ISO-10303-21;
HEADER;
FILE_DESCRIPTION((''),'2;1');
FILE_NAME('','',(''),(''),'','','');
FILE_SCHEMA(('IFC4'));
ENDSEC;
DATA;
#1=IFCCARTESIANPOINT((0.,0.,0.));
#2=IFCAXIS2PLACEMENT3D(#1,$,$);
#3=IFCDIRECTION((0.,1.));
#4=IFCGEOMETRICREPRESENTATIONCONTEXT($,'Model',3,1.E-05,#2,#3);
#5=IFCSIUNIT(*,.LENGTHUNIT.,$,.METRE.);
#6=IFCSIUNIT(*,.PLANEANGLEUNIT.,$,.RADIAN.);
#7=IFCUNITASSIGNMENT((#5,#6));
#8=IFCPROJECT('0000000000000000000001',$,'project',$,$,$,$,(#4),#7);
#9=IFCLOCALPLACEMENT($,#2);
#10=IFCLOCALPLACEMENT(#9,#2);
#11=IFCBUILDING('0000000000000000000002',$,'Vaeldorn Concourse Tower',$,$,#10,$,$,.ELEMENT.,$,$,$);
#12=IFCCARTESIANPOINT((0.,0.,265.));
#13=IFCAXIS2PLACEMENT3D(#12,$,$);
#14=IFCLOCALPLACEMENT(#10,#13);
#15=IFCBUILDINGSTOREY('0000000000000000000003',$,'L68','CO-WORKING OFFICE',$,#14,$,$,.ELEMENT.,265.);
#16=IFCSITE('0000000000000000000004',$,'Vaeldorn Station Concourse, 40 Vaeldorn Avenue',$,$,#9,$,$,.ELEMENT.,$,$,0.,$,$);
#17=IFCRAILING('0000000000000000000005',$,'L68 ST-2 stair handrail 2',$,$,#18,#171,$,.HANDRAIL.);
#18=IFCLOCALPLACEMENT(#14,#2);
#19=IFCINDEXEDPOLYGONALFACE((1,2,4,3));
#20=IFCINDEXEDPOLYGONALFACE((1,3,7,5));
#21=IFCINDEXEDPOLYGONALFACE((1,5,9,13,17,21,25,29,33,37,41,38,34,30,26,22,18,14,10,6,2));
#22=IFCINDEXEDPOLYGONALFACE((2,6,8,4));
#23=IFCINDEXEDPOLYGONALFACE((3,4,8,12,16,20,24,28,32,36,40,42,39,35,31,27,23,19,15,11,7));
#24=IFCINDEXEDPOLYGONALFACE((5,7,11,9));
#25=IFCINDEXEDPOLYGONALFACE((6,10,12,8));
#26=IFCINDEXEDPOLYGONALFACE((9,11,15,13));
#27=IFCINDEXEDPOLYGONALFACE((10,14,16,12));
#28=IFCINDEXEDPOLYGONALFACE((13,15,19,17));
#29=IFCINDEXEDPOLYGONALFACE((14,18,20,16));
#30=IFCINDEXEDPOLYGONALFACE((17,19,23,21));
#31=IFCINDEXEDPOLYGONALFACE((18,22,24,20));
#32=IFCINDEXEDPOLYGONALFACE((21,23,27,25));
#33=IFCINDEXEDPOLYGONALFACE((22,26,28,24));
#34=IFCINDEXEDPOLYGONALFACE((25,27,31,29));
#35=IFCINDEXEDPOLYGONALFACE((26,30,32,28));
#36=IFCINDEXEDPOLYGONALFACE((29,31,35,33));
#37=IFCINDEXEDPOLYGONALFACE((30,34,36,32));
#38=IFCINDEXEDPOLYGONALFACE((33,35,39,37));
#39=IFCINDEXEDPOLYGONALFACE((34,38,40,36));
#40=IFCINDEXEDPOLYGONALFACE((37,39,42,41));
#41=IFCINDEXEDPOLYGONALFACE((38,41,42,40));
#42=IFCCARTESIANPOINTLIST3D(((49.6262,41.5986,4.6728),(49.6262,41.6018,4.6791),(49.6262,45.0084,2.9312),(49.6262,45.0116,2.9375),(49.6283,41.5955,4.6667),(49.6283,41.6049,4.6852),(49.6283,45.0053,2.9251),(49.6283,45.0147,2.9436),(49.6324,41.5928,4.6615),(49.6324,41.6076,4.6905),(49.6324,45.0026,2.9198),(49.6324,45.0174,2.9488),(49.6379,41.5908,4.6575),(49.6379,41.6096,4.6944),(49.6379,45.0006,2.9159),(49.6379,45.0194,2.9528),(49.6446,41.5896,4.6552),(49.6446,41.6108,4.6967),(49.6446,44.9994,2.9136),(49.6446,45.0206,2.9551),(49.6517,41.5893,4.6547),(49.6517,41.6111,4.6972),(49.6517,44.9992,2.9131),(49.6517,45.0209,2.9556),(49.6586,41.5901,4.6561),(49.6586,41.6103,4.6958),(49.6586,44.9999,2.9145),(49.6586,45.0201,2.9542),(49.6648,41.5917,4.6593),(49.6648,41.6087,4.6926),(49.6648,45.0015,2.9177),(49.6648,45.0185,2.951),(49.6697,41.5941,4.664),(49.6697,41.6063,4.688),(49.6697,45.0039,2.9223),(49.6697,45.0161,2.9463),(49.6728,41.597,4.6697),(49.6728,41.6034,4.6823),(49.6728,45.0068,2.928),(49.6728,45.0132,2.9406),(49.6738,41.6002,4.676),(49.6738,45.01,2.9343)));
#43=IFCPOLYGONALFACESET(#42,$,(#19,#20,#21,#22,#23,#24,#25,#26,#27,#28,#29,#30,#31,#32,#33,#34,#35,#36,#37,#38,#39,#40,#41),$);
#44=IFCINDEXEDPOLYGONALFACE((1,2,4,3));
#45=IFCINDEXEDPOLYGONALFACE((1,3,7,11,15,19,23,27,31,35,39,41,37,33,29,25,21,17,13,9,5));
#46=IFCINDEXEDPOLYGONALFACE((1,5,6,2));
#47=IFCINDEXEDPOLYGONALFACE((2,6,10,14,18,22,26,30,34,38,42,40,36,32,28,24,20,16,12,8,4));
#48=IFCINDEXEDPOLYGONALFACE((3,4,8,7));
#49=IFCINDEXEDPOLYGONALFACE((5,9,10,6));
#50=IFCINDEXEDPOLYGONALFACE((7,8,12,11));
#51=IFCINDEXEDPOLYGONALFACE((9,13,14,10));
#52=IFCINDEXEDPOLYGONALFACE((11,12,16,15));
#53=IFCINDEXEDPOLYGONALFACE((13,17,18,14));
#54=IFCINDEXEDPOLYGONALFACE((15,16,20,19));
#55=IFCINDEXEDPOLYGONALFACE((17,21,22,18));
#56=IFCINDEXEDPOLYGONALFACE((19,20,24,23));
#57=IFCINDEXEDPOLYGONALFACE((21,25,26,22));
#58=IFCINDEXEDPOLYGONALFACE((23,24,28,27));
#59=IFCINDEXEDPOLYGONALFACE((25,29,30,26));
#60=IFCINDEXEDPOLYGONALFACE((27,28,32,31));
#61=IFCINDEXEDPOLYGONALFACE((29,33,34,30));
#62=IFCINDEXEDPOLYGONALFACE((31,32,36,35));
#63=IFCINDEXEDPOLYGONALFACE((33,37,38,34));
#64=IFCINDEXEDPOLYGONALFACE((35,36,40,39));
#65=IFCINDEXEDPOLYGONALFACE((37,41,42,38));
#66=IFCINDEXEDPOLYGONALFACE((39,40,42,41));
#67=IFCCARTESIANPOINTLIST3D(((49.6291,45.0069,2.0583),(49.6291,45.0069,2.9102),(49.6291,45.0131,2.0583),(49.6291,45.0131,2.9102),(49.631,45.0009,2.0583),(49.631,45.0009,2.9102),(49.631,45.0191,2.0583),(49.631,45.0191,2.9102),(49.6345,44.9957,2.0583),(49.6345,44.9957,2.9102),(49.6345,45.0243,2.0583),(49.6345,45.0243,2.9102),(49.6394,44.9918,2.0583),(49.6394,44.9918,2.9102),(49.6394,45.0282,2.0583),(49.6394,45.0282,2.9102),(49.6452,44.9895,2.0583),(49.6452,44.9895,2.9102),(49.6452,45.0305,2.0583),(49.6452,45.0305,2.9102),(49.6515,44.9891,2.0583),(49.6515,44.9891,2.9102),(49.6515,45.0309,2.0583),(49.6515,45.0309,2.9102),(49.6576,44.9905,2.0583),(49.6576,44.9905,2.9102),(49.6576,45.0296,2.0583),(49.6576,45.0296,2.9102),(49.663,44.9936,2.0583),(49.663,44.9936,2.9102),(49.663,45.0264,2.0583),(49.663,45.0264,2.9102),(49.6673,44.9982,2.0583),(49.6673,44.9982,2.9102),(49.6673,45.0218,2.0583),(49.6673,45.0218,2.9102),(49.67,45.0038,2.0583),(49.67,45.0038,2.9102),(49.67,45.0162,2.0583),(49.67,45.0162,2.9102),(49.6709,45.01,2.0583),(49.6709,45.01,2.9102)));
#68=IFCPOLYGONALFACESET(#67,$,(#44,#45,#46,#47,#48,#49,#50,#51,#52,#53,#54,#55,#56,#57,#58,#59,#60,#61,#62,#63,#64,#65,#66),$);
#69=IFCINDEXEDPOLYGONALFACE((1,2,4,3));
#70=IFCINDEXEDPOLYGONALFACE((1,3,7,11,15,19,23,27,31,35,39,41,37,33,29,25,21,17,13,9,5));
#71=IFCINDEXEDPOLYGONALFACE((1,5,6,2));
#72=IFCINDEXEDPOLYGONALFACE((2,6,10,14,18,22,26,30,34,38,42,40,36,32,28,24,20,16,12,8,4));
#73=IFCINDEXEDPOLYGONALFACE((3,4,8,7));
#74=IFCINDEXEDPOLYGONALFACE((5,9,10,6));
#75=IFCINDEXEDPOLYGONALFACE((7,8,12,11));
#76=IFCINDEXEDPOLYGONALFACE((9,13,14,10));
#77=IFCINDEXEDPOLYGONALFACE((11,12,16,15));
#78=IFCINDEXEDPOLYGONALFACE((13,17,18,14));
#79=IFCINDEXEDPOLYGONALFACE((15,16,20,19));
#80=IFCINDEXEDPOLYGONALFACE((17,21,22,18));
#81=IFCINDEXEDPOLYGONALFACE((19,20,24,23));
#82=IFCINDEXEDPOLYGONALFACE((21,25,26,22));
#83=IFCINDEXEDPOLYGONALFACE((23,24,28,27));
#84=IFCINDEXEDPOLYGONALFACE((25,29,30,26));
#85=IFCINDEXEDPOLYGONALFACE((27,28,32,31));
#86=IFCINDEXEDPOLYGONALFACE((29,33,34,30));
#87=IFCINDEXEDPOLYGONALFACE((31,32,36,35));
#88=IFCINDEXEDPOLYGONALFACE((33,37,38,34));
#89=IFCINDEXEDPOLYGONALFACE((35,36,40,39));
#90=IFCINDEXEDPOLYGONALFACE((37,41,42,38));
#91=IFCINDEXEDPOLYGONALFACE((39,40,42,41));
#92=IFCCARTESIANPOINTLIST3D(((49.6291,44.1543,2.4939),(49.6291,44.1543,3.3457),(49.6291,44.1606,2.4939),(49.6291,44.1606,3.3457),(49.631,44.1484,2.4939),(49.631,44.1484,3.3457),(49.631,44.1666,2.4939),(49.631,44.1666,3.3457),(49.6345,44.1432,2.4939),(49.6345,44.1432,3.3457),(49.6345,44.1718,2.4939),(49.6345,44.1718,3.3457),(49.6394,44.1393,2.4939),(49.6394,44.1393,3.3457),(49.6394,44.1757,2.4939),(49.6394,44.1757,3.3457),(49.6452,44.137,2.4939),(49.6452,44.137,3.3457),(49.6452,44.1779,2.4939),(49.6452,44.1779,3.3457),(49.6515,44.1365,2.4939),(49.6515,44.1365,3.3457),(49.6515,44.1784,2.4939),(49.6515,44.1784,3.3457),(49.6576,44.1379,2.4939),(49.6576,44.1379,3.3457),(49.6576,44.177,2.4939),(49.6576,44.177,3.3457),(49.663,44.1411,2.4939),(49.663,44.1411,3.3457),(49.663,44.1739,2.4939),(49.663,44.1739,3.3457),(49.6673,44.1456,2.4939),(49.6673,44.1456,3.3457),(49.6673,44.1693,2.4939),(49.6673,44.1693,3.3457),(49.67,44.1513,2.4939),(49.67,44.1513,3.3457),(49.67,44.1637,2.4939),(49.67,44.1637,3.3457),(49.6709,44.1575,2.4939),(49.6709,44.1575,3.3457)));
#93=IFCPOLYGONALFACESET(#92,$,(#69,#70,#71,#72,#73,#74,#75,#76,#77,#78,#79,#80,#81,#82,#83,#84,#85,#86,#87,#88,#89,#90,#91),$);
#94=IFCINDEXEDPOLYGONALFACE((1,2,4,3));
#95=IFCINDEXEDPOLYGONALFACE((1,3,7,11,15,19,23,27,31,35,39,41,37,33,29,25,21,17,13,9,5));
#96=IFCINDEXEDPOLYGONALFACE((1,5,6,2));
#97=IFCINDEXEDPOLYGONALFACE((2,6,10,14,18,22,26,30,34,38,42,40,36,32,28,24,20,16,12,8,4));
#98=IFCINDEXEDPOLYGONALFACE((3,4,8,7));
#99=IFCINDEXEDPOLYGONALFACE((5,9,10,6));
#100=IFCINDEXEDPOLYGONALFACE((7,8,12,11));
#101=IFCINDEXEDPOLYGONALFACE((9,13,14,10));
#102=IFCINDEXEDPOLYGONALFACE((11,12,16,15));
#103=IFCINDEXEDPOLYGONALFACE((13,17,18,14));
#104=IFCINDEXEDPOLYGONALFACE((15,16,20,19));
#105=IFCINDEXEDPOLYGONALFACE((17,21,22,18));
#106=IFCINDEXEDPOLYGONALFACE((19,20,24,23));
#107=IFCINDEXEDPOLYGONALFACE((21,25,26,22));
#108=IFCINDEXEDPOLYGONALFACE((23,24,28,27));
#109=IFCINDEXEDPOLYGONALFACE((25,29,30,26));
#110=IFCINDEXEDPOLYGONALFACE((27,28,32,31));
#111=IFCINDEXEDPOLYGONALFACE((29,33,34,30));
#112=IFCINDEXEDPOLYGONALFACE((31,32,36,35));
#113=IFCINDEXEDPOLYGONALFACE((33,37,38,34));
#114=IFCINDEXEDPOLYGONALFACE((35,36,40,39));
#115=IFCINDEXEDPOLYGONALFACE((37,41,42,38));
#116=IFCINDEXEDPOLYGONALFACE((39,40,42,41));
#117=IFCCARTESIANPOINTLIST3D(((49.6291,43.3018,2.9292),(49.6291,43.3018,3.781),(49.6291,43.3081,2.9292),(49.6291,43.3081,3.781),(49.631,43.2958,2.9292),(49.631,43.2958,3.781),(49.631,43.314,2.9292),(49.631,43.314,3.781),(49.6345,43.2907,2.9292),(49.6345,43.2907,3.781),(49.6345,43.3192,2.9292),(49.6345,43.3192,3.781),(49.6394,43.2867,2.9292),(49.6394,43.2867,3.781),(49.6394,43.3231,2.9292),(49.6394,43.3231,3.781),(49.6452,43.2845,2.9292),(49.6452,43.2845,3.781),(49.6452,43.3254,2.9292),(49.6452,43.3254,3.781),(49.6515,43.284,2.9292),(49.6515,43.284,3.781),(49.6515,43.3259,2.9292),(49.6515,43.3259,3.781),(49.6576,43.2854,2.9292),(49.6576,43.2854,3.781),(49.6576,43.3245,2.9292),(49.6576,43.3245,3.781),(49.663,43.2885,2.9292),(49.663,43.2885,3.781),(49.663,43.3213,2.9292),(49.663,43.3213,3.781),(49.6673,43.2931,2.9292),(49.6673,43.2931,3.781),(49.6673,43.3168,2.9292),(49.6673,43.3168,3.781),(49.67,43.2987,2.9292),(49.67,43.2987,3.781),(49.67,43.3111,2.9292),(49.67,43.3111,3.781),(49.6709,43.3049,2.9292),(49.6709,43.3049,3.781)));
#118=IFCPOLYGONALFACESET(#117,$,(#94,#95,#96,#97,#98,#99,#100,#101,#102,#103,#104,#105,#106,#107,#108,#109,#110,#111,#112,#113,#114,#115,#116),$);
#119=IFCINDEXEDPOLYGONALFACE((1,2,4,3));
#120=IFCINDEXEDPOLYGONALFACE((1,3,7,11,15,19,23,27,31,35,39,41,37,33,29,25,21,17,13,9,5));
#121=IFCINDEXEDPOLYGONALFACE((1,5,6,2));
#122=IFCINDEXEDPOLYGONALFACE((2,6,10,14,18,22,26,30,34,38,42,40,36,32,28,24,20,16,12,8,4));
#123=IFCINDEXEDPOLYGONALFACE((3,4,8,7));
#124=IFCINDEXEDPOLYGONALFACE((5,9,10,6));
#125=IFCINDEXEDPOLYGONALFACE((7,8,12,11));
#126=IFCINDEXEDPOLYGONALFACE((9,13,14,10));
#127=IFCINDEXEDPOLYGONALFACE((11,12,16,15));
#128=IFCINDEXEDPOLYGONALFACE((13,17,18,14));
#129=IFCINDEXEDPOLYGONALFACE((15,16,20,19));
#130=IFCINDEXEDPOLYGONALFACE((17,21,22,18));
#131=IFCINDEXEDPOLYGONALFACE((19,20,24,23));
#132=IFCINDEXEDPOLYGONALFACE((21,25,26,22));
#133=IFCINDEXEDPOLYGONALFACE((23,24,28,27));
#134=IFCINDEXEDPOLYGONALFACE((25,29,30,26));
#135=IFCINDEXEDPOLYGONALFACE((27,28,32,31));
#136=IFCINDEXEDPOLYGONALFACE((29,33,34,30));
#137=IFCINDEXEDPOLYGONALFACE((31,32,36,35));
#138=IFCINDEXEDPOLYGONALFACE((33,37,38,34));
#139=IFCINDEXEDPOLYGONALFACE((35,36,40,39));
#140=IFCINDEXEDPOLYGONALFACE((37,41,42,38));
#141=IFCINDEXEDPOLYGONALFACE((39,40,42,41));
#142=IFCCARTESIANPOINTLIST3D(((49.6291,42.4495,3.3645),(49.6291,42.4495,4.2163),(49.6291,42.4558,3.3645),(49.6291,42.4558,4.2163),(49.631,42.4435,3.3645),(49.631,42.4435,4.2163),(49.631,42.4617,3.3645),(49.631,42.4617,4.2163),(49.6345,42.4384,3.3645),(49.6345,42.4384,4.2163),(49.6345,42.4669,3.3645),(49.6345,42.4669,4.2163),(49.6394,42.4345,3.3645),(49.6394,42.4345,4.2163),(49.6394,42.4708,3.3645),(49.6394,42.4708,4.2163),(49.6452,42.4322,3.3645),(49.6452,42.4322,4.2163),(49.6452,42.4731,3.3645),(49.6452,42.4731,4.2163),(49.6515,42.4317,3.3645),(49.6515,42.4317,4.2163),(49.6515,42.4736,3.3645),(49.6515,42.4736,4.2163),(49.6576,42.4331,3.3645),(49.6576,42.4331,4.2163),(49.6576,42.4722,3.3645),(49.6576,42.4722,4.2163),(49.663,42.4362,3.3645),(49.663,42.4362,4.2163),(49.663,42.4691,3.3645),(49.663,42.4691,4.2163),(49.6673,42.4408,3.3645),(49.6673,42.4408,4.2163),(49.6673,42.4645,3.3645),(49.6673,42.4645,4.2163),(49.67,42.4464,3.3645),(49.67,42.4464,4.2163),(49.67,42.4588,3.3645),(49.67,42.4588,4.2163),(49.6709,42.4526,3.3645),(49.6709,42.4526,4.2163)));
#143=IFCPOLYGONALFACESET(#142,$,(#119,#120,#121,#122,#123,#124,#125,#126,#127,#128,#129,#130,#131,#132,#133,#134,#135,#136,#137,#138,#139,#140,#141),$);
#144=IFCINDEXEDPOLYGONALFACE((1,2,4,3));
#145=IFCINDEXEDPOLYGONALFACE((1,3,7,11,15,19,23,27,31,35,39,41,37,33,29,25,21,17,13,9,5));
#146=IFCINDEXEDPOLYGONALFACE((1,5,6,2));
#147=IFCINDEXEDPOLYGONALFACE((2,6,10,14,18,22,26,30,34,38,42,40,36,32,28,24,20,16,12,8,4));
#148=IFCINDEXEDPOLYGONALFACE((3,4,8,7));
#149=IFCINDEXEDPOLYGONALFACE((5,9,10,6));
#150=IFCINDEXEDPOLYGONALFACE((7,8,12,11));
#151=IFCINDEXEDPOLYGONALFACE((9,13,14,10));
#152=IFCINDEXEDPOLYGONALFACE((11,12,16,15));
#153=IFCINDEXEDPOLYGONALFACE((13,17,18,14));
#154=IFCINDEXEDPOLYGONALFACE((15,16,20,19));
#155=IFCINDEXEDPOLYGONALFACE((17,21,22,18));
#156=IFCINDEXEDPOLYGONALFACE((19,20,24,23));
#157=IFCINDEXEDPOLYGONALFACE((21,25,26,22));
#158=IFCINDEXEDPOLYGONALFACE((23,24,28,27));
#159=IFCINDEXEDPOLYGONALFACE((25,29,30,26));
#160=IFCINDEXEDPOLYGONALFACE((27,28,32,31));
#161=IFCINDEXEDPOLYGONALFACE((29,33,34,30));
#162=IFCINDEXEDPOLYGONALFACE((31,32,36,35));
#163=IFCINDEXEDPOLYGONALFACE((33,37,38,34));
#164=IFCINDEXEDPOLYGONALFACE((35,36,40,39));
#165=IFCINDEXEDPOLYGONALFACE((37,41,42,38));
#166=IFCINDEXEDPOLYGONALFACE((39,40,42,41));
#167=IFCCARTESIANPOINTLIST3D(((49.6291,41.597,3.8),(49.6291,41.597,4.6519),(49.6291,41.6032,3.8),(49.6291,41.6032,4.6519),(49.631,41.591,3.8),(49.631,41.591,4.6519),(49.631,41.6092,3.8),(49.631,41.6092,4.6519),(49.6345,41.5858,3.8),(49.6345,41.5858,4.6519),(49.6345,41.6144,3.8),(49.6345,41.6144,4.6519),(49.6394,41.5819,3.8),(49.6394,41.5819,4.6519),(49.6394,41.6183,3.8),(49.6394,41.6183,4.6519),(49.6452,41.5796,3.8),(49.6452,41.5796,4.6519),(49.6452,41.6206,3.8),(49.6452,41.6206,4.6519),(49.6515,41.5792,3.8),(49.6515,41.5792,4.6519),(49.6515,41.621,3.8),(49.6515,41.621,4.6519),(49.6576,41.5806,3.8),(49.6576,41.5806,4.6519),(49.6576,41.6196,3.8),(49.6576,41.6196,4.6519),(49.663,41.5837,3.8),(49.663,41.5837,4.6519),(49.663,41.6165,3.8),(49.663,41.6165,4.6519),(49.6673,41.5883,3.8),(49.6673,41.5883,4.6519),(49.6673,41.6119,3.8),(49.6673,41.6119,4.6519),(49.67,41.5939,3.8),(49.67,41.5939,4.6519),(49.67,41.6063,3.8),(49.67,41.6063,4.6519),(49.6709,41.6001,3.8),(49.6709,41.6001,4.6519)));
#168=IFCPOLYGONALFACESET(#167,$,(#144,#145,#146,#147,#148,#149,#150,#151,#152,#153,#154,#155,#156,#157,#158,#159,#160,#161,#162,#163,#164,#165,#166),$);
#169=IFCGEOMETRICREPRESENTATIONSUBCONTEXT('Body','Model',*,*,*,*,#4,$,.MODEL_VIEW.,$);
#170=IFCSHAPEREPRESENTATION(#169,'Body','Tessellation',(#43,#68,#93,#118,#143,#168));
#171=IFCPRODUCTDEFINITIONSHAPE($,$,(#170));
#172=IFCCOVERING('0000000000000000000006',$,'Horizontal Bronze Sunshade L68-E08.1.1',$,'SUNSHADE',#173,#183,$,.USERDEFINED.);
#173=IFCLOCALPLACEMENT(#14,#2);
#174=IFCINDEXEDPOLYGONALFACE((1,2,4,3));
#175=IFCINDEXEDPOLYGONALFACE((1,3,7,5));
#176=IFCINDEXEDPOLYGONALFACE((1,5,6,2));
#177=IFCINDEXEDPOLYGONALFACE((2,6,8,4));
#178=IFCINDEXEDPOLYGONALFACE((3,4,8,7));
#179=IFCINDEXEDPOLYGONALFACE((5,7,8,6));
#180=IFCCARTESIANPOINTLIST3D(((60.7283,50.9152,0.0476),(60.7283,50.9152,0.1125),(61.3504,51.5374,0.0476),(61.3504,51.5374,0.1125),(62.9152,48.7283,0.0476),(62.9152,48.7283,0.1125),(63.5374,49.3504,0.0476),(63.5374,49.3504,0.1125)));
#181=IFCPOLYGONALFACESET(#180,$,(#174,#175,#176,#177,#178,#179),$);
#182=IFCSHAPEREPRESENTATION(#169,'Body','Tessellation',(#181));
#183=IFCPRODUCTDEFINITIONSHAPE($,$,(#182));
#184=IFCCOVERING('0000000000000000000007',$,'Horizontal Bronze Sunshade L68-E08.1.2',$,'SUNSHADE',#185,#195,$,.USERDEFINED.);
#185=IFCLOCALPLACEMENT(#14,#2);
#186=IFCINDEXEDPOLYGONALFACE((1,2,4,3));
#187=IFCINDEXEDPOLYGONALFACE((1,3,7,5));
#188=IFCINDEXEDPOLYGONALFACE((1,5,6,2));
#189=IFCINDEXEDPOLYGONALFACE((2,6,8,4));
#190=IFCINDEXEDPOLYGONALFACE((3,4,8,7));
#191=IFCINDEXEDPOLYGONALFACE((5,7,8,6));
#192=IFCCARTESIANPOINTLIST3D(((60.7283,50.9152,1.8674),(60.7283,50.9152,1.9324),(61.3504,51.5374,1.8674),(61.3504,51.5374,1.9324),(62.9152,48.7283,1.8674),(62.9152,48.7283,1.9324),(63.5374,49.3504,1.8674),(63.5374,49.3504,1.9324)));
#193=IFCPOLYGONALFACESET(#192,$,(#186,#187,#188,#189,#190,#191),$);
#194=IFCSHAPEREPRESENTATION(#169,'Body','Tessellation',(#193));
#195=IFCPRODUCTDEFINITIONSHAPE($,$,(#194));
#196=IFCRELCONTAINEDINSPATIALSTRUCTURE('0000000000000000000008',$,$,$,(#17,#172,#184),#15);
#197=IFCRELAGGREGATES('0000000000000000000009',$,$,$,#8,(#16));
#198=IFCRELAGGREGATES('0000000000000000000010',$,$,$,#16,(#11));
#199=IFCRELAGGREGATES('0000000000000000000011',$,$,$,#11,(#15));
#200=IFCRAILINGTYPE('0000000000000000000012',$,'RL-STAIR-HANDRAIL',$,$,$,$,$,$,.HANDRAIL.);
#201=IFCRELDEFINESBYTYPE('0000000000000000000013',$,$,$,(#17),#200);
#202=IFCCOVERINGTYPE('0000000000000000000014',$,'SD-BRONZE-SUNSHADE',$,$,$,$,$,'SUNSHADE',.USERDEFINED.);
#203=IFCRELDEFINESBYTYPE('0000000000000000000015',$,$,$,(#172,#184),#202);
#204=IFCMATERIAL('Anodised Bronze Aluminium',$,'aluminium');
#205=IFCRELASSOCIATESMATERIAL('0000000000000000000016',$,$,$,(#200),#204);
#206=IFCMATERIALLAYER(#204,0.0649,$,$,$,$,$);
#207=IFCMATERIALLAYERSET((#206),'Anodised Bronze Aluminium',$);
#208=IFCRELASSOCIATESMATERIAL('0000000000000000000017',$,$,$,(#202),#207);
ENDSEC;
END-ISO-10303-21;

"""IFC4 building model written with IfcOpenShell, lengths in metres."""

from ifc_helpers import new_model, si_unit, direction, frame, origin, origin_2d, place, context, subcontext, project, spatial, rectangle, circle, extrude, source, transform, mapped, material, layer, layer_set, type_object, element, save


model = new_model("IFC4")

# Units and contexts
model_context = context("Model", 3, precision=1e-05, world=origin(), true_north=direction((0.0, 1.0)))
body_context = subcontext(model_context, "Body", "Model", "MODEL_VIEW")
ifc_project = project(units=[si_unit("LENGTHUNIT", "METRE"), si_unit("PLANEANGLEUNIT", "RADIAN")], contexts=[model_context])

# Site, building, storey
site_placement = place(None, origin())
site = spatial("IfcSite", under=ifc_project, at=site_placement, Name="Vaeldorn Station Concourse, 40 Vaeldorn Avenue", CompositionType="ELEMENT", RefElevation=0.0)
building_placement = place(site_placement, origin())
building = spatial("IfcBuilding", under=site, at=building_placement, Name="Vaeldorn Concourse Tower", CompositionType="ELEMENT")
storey_placement = place(building_placement, frame((0.0, 0.0, 265.0)))
storey = spatial("IfcBuildingStorey", under=building, at=storey_placement, Name="L68", Description="CO-WORKING OFFICE", CompositionType="ELEMENT", Elevation=265.0)

# Shared definitions
ifc_material_1 = material(Name="Anodised Bronze Aluminium", Category="aluminium")

# Railing
railing_type_1 = type_object("IfcRailingType", Name="RL-STAIR-HANDRAIL", PredefinedType="HANDRAIL", material=ifc_material_1)
railing_1_placement = place(storey_placement, frame((49.6499, 45.01, 2.0583)))
element("IfcRailing", 1, at=railing_1_placement, inside=storey, type_object=railing_type_1, Name="L68 ST-2 stair handrail 2", PredefinedType="HANDRAIL", context=body_context, shape_type="SweptSolid", body=[
    extrude(circle(Radius=0.0239, at=origin_2d()), frame((0.0, 0.0, 0.876), z_axis=(0.0, -0.890556, 0.454874), x_axis=(1.0, 0.0, 0.0)), (0.0, 0.0, 1.0), 3.8289),
    extrude(circle(Radius=0.021, at=origin_2d()), origin(), (0.0, 0.0, 1.0), 0.8518),
    extrude(circle(Radius=0.021, at=origin_2d()), frame((0.0, -0.8525, 0.4355)), (0.0, 0.0, 1.0), 0.8518),
    extrude(circle(Radius=0.021, at=origin_2d()), frame((0.0, -1.7051, 0.8708)), (0.0, 0.0, 1.0), 0.8518),
    extrude(circle(Radius=0.021, at=origin_2d()), frame((0.0, -2.5574, 1.3062)), (0.0, 0.0, 1.0), 0.8518),
    extrude(circle(Radius=0.021, at=origin_2d()), frame((0.0, -3.4099, 1.7417)), (0.0, 0.0, 1.0), 0.8518),
])

# Coverings
ifc_layer_1 = layer(ifc_material_1, 0.0649)
ifc_layer_set_1 = layer_set([ifc_layer_1], Name="Anodised Bronze Aluminium")
covering_type = type_object("IfcCoveringType", Name="SD-BRONZE-SUNSHADE", ElementType="SUNSHADE", PredefinedType="USERDEFINED", material=ifc_layer_set_1)
shared_shape_1 = source(origin(), body_context, "Body", "SweptSolid", [
    extrude(rectangle(XDim=3.0928, YDim=0.8799, at=origin_2d()), origin(), (0.0, 0.0, 1.0), 0.0649),
])
for number, where, z_axis, x_axis, name in (
    (2, (62.1328, 50.1328, 0.0476), (0.0, 0.0, 1.0), (-0.707107, 0.707107, 0.0), "Horizontal Bronze Sunshade L68-E08.1.1"),
    (3, (62.1328, 50.1328, 1.8674), (0.0, 0.0, 1.0), (-0.707107, 0.707107, 0.0), "Horizontal Bronze Sunshade L68-E08.1.2"),
):
    element("IfcCovering", number, at=place(storey_placement, frame(where, z_axis=z_axis, x_axis=x_axis)), inside=storey, type_object=covering_type, Name=name, ObjectType="SUNSHADE", PredefinedType="USERDEFINED", context=body_context, shape_type="MappedRepresentation", body=[
        mapped(shared_shape_1, transform((0.0, 0.0, 0.0), scale=1.0)),
    ])

save(model, "model.ifc")
